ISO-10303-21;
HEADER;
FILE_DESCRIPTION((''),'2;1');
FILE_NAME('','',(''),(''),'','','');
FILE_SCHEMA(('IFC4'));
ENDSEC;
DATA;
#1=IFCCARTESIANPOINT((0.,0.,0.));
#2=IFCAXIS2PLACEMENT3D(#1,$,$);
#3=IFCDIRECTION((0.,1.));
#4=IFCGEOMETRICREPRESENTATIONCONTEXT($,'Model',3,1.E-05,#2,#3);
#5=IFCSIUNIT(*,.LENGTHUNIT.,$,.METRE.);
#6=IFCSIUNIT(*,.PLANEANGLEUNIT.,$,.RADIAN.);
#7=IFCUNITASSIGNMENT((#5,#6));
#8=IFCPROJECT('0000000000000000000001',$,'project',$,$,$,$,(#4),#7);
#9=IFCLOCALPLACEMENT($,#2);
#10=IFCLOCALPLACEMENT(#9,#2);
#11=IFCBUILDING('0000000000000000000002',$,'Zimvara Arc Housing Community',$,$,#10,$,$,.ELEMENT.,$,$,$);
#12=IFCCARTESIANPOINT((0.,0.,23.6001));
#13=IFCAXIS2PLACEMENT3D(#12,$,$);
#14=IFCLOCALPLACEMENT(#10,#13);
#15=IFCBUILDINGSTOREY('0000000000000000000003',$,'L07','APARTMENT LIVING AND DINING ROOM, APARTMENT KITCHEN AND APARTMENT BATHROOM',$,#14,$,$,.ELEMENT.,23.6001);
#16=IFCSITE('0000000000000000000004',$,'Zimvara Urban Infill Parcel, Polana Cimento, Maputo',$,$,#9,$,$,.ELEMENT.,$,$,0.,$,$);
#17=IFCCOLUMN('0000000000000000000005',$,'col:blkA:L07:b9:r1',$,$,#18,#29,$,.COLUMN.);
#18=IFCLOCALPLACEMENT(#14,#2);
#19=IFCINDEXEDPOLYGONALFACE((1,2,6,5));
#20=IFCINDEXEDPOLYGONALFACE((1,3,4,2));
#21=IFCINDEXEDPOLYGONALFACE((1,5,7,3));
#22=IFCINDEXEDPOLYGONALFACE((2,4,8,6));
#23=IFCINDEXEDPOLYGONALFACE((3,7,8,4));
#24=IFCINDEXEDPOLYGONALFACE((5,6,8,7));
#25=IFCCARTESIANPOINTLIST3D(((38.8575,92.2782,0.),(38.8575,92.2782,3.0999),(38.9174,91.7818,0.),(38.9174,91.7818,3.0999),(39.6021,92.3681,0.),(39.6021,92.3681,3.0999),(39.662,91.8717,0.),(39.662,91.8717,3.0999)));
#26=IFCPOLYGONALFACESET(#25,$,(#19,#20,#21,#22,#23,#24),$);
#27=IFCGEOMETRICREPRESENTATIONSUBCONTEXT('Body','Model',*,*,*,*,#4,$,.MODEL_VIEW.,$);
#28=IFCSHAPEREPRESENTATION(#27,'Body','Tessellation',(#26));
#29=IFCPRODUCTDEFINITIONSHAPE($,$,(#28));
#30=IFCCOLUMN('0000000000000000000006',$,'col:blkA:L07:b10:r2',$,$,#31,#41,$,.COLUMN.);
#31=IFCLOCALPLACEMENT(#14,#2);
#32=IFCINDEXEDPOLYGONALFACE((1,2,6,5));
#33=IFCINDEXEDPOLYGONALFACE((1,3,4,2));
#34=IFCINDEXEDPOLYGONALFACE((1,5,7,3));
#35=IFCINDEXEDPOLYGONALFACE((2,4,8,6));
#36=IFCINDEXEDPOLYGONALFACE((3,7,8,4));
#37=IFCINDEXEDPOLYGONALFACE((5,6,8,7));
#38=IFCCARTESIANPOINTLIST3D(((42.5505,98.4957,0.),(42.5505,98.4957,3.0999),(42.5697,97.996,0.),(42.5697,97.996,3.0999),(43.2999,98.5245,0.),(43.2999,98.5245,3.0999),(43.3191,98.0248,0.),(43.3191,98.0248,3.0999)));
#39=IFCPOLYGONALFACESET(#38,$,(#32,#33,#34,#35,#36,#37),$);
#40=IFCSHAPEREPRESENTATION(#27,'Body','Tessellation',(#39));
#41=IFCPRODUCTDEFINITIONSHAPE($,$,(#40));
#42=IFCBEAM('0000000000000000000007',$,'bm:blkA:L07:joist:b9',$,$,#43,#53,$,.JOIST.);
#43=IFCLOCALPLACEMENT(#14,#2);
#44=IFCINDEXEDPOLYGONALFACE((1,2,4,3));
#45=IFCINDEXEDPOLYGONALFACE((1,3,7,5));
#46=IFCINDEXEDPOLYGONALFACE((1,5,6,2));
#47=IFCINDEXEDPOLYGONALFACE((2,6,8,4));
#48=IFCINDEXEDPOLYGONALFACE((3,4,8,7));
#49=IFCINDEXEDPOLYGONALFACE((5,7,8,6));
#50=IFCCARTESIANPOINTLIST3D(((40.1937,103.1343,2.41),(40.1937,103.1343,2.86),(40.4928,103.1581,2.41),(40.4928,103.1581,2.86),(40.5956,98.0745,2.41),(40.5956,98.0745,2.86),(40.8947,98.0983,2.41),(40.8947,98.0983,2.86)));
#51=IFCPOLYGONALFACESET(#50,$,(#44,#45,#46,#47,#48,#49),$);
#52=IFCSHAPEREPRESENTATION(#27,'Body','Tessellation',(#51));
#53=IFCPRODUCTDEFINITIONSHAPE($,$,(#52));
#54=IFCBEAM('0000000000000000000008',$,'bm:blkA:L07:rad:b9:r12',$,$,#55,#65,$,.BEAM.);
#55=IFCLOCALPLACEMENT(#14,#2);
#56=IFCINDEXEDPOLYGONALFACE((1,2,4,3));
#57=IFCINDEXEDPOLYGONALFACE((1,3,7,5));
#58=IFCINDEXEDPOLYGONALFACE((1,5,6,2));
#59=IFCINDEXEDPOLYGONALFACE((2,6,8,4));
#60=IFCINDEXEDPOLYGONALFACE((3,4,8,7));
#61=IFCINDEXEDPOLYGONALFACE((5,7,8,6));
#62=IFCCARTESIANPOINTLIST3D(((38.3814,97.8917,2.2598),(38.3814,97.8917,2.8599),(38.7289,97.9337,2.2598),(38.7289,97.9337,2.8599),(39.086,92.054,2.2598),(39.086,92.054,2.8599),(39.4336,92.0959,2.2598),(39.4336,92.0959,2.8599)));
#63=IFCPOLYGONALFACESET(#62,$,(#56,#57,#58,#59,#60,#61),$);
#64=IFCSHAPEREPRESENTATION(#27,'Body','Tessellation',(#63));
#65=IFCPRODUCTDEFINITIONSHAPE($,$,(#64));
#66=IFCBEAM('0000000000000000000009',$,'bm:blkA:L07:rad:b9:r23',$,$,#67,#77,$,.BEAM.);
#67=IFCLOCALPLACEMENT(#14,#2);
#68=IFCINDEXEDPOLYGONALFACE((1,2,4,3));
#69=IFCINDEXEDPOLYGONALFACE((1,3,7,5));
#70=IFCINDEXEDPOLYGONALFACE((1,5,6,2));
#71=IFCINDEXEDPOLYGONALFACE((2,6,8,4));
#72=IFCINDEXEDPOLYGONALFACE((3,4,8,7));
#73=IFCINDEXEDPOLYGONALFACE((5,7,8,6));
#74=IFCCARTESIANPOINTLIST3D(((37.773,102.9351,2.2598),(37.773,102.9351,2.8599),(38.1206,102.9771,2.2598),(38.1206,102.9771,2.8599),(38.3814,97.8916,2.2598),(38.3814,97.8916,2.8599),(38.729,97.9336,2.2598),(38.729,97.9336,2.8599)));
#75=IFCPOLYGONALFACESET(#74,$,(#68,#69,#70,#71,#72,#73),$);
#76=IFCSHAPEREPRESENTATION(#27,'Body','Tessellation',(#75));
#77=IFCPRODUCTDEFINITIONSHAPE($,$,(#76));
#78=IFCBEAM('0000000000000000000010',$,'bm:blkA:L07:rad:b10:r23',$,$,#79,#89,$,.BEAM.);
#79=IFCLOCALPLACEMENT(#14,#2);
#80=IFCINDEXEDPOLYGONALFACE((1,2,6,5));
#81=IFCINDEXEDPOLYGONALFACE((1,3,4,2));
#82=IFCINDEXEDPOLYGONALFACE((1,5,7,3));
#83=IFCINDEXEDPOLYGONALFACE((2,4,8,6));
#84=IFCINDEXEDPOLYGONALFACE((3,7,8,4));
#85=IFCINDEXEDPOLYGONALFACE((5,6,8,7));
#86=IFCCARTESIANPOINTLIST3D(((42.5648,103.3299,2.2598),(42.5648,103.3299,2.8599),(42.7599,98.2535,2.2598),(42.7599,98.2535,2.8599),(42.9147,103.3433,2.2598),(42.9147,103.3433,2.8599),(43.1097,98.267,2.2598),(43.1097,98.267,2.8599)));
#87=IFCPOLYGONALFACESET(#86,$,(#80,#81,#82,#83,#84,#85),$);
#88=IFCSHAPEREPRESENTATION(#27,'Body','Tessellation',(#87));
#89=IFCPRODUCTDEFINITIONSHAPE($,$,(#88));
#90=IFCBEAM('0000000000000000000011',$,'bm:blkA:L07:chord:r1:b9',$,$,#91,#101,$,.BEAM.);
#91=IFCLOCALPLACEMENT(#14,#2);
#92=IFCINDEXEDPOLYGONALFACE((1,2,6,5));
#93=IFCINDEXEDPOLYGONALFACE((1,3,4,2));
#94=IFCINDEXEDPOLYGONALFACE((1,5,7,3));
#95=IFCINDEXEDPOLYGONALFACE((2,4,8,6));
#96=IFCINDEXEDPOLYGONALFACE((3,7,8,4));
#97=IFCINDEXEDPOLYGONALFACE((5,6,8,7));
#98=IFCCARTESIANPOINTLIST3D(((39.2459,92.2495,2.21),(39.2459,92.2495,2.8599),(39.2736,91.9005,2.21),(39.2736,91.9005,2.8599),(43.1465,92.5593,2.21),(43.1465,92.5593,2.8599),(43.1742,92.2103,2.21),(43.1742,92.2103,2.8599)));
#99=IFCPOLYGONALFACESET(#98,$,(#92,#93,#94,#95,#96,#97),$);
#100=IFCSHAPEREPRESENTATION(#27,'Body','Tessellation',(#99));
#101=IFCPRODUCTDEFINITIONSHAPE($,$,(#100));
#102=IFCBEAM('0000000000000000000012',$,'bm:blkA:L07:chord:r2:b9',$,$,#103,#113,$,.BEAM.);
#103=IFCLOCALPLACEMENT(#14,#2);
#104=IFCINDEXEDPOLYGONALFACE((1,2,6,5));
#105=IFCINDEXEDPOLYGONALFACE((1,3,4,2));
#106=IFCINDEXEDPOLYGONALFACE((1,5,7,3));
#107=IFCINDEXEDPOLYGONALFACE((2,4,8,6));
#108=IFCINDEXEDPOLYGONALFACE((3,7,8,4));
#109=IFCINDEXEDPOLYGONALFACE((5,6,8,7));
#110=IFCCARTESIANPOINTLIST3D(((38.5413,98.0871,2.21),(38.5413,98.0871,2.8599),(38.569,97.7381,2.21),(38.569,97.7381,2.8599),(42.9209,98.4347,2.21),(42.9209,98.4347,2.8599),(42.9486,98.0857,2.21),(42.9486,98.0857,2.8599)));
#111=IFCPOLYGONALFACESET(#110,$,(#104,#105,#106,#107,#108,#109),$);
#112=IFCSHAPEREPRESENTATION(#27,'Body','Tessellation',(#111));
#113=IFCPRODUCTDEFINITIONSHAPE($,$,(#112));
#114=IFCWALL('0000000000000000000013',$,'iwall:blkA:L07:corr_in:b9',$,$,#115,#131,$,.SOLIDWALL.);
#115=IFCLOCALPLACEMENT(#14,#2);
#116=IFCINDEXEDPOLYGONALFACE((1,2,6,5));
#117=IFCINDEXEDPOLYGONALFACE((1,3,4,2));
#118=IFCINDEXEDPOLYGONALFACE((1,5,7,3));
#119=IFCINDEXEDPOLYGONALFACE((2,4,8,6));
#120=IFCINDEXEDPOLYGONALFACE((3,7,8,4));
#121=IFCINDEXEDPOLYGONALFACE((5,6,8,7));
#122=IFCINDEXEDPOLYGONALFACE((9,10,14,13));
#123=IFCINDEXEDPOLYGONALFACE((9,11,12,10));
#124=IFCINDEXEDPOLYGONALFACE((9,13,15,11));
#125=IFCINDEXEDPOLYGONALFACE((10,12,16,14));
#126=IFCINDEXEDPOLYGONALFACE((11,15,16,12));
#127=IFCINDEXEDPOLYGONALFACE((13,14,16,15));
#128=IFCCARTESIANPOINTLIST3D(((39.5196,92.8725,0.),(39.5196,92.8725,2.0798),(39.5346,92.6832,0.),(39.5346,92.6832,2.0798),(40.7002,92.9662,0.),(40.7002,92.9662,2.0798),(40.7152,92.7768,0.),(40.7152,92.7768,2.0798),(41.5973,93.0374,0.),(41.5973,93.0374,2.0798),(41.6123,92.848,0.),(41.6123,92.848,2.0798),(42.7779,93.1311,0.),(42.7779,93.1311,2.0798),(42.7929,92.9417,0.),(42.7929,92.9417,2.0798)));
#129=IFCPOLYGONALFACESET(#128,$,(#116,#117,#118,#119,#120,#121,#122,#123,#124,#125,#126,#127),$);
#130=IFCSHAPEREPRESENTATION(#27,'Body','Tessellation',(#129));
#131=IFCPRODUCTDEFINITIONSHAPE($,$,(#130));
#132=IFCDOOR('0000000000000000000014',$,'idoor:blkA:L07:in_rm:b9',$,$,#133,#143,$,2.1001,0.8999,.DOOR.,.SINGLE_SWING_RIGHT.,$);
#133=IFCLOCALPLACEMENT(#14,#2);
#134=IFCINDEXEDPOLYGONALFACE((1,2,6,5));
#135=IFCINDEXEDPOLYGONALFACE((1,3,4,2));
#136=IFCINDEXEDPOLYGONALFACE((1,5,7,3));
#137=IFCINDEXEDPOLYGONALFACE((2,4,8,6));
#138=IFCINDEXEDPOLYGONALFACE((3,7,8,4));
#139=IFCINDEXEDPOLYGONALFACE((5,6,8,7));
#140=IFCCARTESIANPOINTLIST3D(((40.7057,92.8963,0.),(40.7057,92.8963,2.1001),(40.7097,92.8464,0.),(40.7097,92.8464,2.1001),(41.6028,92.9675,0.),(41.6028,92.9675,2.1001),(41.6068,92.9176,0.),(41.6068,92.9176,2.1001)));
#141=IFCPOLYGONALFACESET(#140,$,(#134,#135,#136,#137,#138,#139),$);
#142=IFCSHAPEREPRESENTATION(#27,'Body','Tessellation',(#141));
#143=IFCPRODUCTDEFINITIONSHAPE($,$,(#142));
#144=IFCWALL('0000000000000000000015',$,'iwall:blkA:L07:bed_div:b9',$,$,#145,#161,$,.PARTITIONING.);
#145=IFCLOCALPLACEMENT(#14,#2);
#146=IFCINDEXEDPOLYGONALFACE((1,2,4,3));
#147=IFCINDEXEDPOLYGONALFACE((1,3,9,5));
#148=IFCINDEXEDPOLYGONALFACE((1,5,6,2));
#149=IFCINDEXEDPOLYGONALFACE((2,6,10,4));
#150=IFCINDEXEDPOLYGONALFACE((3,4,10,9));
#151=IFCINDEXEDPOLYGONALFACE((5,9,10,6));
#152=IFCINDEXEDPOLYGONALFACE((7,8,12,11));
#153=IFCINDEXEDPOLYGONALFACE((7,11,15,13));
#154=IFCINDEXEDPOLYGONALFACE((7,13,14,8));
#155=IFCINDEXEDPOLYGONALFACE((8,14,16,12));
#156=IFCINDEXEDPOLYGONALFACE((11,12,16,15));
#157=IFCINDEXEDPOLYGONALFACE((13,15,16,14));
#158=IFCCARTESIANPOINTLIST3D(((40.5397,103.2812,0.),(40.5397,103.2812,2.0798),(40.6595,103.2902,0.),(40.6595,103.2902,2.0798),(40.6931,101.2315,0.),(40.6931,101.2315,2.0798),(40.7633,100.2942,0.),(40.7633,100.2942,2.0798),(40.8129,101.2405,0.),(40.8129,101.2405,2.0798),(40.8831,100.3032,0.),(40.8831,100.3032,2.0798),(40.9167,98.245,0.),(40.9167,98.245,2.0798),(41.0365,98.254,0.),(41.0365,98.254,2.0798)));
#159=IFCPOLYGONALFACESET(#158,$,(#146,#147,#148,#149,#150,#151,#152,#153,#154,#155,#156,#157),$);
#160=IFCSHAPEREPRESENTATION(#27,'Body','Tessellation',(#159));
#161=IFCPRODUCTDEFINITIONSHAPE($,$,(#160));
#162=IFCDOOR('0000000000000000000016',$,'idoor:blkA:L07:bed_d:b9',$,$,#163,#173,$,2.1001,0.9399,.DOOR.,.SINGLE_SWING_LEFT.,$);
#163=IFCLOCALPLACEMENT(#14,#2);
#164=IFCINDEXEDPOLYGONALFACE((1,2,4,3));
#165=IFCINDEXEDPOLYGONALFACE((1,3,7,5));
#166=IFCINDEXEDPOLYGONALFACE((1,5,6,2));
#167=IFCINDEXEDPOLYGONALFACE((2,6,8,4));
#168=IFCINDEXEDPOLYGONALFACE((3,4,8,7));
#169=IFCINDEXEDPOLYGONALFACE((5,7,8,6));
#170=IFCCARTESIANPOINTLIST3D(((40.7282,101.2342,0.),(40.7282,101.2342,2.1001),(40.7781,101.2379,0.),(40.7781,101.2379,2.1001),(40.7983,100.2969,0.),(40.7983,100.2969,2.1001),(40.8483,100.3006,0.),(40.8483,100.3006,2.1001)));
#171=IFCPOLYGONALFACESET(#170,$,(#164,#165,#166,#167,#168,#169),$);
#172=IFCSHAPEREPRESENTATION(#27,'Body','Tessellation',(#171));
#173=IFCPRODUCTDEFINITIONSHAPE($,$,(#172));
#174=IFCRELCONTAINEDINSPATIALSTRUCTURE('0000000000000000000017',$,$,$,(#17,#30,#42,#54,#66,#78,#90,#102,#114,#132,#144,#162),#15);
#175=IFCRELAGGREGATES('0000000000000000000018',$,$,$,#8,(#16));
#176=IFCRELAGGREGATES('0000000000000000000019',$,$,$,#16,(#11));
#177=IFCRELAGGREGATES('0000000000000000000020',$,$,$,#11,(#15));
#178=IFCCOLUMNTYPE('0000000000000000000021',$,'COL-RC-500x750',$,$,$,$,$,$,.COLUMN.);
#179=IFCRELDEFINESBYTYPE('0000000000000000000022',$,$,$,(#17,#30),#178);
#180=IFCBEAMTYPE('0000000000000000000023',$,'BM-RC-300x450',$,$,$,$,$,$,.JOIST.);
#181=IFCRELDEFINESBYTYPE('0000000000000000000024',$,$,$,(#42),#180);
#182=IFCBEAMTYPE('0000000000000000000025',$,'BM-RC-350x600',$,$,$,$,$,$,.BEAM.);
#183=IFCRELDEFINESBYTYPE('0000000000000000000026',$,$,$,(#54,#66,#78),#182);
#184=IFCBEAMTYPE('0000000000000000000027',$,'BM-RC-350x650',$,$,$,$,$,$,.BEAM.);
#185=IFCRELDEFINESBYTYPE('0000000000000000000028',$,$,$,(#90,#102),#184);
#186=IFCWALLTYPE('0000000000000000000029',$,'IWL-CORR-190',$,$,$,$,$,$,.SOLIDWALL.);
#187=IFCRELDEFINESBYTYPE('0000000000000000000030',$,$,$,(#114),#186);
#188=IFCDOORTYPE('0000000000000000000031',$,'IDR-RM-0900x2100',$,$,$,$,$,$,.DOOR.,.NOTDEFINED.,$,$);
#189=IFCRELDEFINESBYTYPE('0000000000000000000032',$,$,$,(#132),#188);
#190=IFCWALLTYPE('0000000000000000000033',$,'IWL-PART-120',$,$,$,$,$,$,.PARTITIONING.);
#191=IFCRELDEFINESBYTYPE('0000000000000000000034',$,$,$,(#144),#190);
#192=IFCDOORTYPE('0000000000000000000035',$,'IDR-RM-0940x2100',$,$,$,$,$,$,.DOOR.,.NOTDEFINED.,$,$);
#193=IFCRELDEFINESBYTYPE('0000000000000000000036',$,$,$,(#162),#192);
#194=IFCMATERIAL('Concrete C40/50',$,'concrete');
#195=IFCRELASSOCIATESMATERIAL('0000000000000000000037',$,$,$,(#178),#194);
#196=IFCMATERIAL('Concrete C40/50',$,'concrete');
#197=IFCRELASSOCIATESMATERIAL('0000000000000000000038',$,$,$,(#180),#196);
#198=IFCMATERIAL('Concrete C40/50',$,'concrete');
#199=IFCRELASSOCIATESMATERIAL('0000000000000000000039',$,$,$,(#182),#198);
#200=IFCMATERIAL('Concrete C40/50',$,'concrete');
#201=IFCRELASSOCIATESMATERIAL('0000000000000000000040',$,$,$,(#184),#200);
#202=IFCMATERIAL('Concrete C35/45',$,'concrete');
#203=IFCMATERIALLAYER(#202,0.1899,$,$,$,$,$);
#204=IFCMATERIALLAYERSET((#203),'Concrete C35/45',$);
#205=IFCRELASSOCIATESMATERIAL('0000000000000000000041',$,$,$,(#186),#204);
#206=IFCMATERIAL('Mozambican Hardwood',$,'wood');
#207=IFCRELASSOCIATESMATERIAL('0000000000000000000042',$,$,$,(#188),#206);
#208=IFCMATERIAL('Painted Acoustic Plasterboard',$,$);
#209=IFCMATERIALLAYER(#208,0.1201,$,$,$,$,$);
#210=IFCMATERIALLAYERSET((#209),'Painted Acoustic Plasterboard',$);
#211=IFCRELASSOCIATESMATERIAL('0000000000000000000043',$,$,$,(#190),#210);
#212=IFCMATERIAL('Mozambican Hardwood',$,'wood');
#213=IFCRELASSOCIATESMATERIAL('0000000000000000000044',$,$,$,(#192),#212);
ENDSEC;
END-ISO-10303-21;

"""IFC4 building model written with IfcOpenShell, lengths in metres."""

from ifc_helpers import new_model, si_unit, direction, frame, frame_2d, origin, origin_2d, place, context, subcontext, project, spatial, rectangle, extrude, material, layer, layer_set, material_profile, profile_set, type_object, element, fill, save


model = new_model("IFC4")

# Units and contexts
model_context = context("Model", 3, precision=1e-05, world=origin(), true_north=direction((0.0, 1.0)))
body_context = subcontext(model_context, "Body", "Model", "MODEL_VIEW")
ifc_project = project(units=[si_unit("LENGTHUNIT", "METRE"), si_unit("PLANEANGLEUNIT", "RADIAN")], contexts=[model_context])

# Site, building, storey
site_placement = place(None, origin())
site = spatial("IfcSite", under=ifc_project, at=site_placement, Name="Zimvara Urban Infill Parcel, Polana Cimento, Maputo", CompositionType="ELEMENT", RefElevation=0.0)
building_placement = place(site_placement, origin())
building = spatial("IfcBuilding", under=site, at=building_placement, Name="Zimvara Arc Housing Community", CompositionType="ELEMENT")
storey_placement = place(building_placement, frame((0.0, 0.0, 23.6001)))
storey = spatial("IfcBuildingStorey", under=building, at=storey_placement, Name="L07", Description="APARTMENT LIVING AND DINING ROOM, APARTMENT KITCHEN AND APARTMENT BATHROOM", CompositionType="ELEMENT", Elevation=23.6001)

# Columns
ifc_material_1 = material(Name="Concrete C40/50", Category="concrete")
ifc_material_profile_1 = material_profile(ifc_material_1, rectangle(XDim=0.5, YDim=0.75, at=origin_2d()), Name="RC 500x750")
ifc_profile_set_1 = profile_set([ifc_material_profile_1], Name="Concrete C40/50")
column_type = type_object("IfcColumnType", Name="COL-RC-500x750", PredefinedType="COLUMN", material=ifc_profile_set_1)
for number, where, z_axis, x_axis, name in (
    (1, (39.2598, 92.075, 0.0), (0.0, 0.0, 1.0), (-0.11979, 0.992799, 0.0), "col:blkA:L07:b9:r1"),
    (2, (42.9348, 98.2603, 0.0), (0.0, 0.0, 1.0), (-0.038388, 0.999263, 0.0), "col:blkA:L07:b10:r2"),
):
    element("IfcColumn", number, at=place(storey_placement, frame(where, z_axis=z_axis, x_axis=x_axis)), inside=storey, type_object=column_type, Name=name, PredefinedType="COLUMN", context=body_context, shape_type="SweptSolid", body=[
        extrude(rectangle(XDim=0.5, YDim=0.75, at=origin_2d()), origin(), (0.0, 0.0, 1.0), 3.0999),
    ])

# Beams
ifc_material_2 = material(Name="Concrete C40/50", Category="concrete")
ifc_material_profile_2 = material_profile(ifc_material_2, rectangle(XDim=0.3, YDim=0.45, at=origin_2d()), Name="RC 300x450")
ifc_profile_set_2 = profile_set([ifc_material_profile_2], Name="Concrete C40/50")
beam_type_1 = type_object("IfcBeamType", Name="BM-RC-300x450", PredefinedType="JOIST", material=ifc_profile_set_2)
beam_1_placement = place(storey_placement, frame((40.7451, 98.0864, 2.635), z_axis=(-0.079172, 0.996861, 0.0), x_axis=(-0.996861, -0.079172, 0.0)))
element("IfcBeam", 3, at=beam_1_placement, inside=storey, type_object=beam_type_1, Name="bm:blkA:L07:joist:b9", PredefinedType="JOIST", context=body_context, shape_type="SweptSolid", body=[
    extrude(rectangle(XDim=0.3, YDim=0.45, at=origin_2d()), origin(), (0.0, 0.0, 1.0), 5.0757),
])
ifc_material_3 = material(Name="Concrete C40/50", Category="concrete")
ifc_material_profile_3 = material_profile(ifc_material_3, rectangle(XDim=0.3501, YDim=0.6001, at=origin_2d()), Name="RC 350x600")
ifc_profile_set_3 = profile_set([ifc_material_profile_3], Name="Concrete C40/50")
beam_type_2 = type_object("IfcBeamType", Name="BM-RC-350x600", PredefinedType="BEAM", material=ifc_profile_set_3)
beam_2_placement = place(storey_placement, frame((39.2598, 92.075, 2.5598), z_axis=(-0.119828, 0.992795, 0.0), x_axis=(-0.992795, -0.119828, 0.0)))
element("IfcBeam", 4, at=beam_2_placement, inside=storey, type_object=beam_type_2, Name="bm:blkA:L07:rad:b9:r12", PredefinedType="BEAM", context=body_context, shape_type="SweptSolid", body=[
    extrude(rectangle(XDim=0.3501, YDim=0.6001, at=origin_2d()), origin(), (0.0, 0.0, 1.0), 5.8801),
])
for number, where, z_axis, x_axis, name in (
    (5, (38.5552, 97.9126, 2.5598), (-0.119763, 0.992803, 0.0), (-0.992803, -0.119763, 0.0), "bm:blkA:L07:rad:b9:r23"),
    (6, (42.9348, 98.2603, 2.5598), (-0.038398, 0.999263, 0.0), (-0.999263, -0.038398, 0.0), "bm:blkA:L07:rad:b10:r23"),
):
    element("IfcBeam", number, at=place(storey_placement, frame(where, z_axis=z_axis, x_axis=x_axis)), inside=storey, type_object=beam_type_2, Name=name, PredefinedType="BEAM", context=body_context, shape_type="SweptSolid", body=[
        extrude(rectangle(XDim=0.3501, YDim=0.6001, at=origin_2d()), origin(), (0.0, 0.0, 1.0), 5.0801),
    ])
ifc_material_4 = material(Name="Concrete C40/50", Category="concrete")
ifc_material_profile_4 = material_profile(ifc_material_4, rectangle(XDim=0.3501, YDim=0.6499, at=origin_2d()), Name="RC 350x650")
ifc_profile_set_4 = profile_set([ifc_material_profile_4], Name="Concrete C40/50")
beam_type_3 = type_object("IfcBeamType", Name="BM-RC-350x650", PredefinedType="BEAM", material=ifc_profile_set_4)
beam_3_placement = place(storey_placement, frame((39.2598, 92.075, 2.5349), z_axis=(0.996861, 0.079177, 0.0), x_axis=(-0.079177, 0.996861, 0.0)))
element("IfcBeam", 7, at=beam_3_placement, inside=storey, type_object=beam_type_3, Name="bm:blkA:L07:chord:r1:b9", PredefinedType="BEAM", context=body_context, shape_type="SweptSolid", body=[
    extrude(rectangle(XDim=0.3501, YDim=0.6499, at=origin_2d()), origin(), (0.0, 0.0, 1.0), 3.9128),
])
beam_4_placement = place(storey_placement, frame((38.5552, 97.9126, 2.5349), z_axis=(0.996864, 0.079131, 0.0), x_axis=(-0.079131, 0.996864, 0.0)))
element("IfcBeam", 8, at=beam_4_placement, inside=storey, type_object=beam_type_3, Name="bm:blkA:L07:chord:r2:b9", PredefinedType="BEAM", context=body_context, shape_type="SweptSolid", body=[
    extrude(rectangle(XDim=0.3501, YDim=0.6499, at=origin_2d()), origin(), (0.0, 0.0, 1.0), 4.3933),
])

# Walls, openings, doors
ifc_material_5 = material(Name="Concrete C35/45", Category="concrete")
ifc_layer_1 = layer(ifc_material_5, 0.1899)
ifc_layer_set_1 = layer_set([ifc_layer_1], Name="Concrete C35/45")
wall_type_1 = type_object("IfcWallType", Name="IWL-CORR-190", PredefinedType="SOLIDWALL", material=ifc_layer_set_1)
wall_1_placement = place(storey_placement, frame((39.5271, 92.7778, 0.0), z_axis=(0.0, 0.0, 1.0), x_axis=(0.996867, 0.079101, 0.0)))
wall_1 = element("IfcWall", 9, at=wall_1_placement, inside=storey, type_object=wall_type_1, Name="iwall:blkA:L07:corr_in:b9", PredefinedType="SOLIDWALL", context=body_context, shape_type="SweptSolid", body=[
    extrude(rectangle(XDim=3.2686, YDim=0.1899, at=frame_2d((1.6343, 0.0))), origin(), (0.0, 0.0, 1.0), 2.0798),
])
opening_1_placement = place(wall_1_placement, frame((1.1843, 0.0, 0.0)))
opening_1 = element("IfcOpeningElement", 10, at=opening_1_placement, cuts=wall_1, PredefinedType="OPENING", context=body_context, shape_type="SweptSolid", body=[
    extrude(rectangle(XDim=0.8999, YDim=2.1001, at=frame_2d((0.45, 1.05))), frame((0.0, 0.105, 0.0), z_axis=(0.0, -1.0, 0.0), x_axis=(1.0, 0.0, 0.0)), (0.0, 0.0, 1.0), 0.21),
])
ifc_material_6 = material(Name="Mozambican Hardwood", Category="wood")
door_type_1 = type_object("IfcDoorType", Name="IDR-RM-0900x2100", OperationType="NOTDEFINED", PredefinedType="DOOR", material=ifc_material_6)
door_1_placement = place(opening_1_placement, origin())
door_1 = element("IfcDoor", 11, at=door_1_placement, inside=storey, type_object=door_type_1, Name="idoor:blkA:L07:in_rm:b9", OperationType="SINGLE_SWING_RIGHT", OverallHeight=2.1001, OverallWidth=0.8999, PredefinedType="DOOR", context=body_context, shape_type="SweptSolid", body=[
    extrude(rectangle(XDim=0.8999, YDim=2.1001, at=frame_2d((0.45, 1.05))), frame((0.0, 0.0249, 0.0), z_axis=(0.0, -1.0, 0.0), x_axis=(1.0, 0.0, 0.0)), (0.0, 0.0, 1.0), 0.05),
])
fill(opening_1, door_1)
ifc_material_7 = material(Name="Painted Acoustic Plasterboard")
ifc_layer_2 = layer(ifc_material_7, 0.1201)
ifc_layer_set_2 = layer_set([ifc_layer_2], Name="Painted Acoustic Plasterboard")
wall_type_2 = type_object("IfcWallType", Name="IWL-PART-120", PredefinedType="PARTITIONING", material=ifc_layer_set_2)
wall_2_placement = place(storey_placement, frame((40.9766, 98.2495, 0.0), z_axis=(0.0, 0.0, 1.0), x_axis=(-0.074641, 0.99721, 0.0)))
wall_2 = element("IfcWall", 12, at=wall_2_placement, inside=storey, type_object=wall_type_2, Name="iwall:blkA:L07:bed_div:b9", PredefinedType="PARTITIONING", context=body_context, shape_type="SweptSolid", body=[
    extrude(rectangle(XDim=5.0503, YDim=0.1201, at=frame_2d((2.5251, 0.0))), origin(), (0.0, 0.0, 1.0), 2.0798),
])
opening_2_placement = place(wall_2_placement, frame((2.0549, 0.0, 0.0)))
opening_2 = element("IfcOpeningElement", 13, at=opening_2_placement, cuts=wall_2, PredefinedType="OPENING", context=body_context, shape_type="SweptSolid", body=[
    extrude(rectangle(XDim=0.9399, YDim=2.1001, at=frame_2d((0.47, 1.05))), frame((0.0, 0.0701, 0.0), z_axis=(0.0, -1.0, 0.0), x_axis=(1.0, 0.0, 0.0)), (0.0, 0.0, 1.0), 0.1401),
])
ifc_material_8 = material(Name="Mozambican Hardwood", Category="wood")
door_type_2 = type_object("IfcDoorType", Name="IDR-RM-0940x2100", OperationType="NOTDEFINED", PredefinedType="DOOR", material=ifc_material_8)
door_2_placement = place(opening_2_placement, origin())
door_2 = element("IfcDoor", 14, at=door_2_placement, inside=storey, type_object=door_type_2, Name="idoor:blkA:L07:bed_d:b9", OperationType="SINGLE_SWING_LEFT", OverallHeight=2.1001, OverallWidth=0.9399, PredefinedType="DOOR", context=body_context, shape_type="SweptSolid", body=[
    extrude(rectangle(XDim=0.9399, YDim=2.1001, at=frame_2d((0.47, 1.05))), frame((0.0, 0.0249, 0.0), z_axis=(0.0, -1.0, 0.0), x_axis=(1.0, 0.0, 0.0)), (0.0, 0.0, 1.0), 0.05),
])
fill(opening_2, door_2)

save(model, "model.ifc")
